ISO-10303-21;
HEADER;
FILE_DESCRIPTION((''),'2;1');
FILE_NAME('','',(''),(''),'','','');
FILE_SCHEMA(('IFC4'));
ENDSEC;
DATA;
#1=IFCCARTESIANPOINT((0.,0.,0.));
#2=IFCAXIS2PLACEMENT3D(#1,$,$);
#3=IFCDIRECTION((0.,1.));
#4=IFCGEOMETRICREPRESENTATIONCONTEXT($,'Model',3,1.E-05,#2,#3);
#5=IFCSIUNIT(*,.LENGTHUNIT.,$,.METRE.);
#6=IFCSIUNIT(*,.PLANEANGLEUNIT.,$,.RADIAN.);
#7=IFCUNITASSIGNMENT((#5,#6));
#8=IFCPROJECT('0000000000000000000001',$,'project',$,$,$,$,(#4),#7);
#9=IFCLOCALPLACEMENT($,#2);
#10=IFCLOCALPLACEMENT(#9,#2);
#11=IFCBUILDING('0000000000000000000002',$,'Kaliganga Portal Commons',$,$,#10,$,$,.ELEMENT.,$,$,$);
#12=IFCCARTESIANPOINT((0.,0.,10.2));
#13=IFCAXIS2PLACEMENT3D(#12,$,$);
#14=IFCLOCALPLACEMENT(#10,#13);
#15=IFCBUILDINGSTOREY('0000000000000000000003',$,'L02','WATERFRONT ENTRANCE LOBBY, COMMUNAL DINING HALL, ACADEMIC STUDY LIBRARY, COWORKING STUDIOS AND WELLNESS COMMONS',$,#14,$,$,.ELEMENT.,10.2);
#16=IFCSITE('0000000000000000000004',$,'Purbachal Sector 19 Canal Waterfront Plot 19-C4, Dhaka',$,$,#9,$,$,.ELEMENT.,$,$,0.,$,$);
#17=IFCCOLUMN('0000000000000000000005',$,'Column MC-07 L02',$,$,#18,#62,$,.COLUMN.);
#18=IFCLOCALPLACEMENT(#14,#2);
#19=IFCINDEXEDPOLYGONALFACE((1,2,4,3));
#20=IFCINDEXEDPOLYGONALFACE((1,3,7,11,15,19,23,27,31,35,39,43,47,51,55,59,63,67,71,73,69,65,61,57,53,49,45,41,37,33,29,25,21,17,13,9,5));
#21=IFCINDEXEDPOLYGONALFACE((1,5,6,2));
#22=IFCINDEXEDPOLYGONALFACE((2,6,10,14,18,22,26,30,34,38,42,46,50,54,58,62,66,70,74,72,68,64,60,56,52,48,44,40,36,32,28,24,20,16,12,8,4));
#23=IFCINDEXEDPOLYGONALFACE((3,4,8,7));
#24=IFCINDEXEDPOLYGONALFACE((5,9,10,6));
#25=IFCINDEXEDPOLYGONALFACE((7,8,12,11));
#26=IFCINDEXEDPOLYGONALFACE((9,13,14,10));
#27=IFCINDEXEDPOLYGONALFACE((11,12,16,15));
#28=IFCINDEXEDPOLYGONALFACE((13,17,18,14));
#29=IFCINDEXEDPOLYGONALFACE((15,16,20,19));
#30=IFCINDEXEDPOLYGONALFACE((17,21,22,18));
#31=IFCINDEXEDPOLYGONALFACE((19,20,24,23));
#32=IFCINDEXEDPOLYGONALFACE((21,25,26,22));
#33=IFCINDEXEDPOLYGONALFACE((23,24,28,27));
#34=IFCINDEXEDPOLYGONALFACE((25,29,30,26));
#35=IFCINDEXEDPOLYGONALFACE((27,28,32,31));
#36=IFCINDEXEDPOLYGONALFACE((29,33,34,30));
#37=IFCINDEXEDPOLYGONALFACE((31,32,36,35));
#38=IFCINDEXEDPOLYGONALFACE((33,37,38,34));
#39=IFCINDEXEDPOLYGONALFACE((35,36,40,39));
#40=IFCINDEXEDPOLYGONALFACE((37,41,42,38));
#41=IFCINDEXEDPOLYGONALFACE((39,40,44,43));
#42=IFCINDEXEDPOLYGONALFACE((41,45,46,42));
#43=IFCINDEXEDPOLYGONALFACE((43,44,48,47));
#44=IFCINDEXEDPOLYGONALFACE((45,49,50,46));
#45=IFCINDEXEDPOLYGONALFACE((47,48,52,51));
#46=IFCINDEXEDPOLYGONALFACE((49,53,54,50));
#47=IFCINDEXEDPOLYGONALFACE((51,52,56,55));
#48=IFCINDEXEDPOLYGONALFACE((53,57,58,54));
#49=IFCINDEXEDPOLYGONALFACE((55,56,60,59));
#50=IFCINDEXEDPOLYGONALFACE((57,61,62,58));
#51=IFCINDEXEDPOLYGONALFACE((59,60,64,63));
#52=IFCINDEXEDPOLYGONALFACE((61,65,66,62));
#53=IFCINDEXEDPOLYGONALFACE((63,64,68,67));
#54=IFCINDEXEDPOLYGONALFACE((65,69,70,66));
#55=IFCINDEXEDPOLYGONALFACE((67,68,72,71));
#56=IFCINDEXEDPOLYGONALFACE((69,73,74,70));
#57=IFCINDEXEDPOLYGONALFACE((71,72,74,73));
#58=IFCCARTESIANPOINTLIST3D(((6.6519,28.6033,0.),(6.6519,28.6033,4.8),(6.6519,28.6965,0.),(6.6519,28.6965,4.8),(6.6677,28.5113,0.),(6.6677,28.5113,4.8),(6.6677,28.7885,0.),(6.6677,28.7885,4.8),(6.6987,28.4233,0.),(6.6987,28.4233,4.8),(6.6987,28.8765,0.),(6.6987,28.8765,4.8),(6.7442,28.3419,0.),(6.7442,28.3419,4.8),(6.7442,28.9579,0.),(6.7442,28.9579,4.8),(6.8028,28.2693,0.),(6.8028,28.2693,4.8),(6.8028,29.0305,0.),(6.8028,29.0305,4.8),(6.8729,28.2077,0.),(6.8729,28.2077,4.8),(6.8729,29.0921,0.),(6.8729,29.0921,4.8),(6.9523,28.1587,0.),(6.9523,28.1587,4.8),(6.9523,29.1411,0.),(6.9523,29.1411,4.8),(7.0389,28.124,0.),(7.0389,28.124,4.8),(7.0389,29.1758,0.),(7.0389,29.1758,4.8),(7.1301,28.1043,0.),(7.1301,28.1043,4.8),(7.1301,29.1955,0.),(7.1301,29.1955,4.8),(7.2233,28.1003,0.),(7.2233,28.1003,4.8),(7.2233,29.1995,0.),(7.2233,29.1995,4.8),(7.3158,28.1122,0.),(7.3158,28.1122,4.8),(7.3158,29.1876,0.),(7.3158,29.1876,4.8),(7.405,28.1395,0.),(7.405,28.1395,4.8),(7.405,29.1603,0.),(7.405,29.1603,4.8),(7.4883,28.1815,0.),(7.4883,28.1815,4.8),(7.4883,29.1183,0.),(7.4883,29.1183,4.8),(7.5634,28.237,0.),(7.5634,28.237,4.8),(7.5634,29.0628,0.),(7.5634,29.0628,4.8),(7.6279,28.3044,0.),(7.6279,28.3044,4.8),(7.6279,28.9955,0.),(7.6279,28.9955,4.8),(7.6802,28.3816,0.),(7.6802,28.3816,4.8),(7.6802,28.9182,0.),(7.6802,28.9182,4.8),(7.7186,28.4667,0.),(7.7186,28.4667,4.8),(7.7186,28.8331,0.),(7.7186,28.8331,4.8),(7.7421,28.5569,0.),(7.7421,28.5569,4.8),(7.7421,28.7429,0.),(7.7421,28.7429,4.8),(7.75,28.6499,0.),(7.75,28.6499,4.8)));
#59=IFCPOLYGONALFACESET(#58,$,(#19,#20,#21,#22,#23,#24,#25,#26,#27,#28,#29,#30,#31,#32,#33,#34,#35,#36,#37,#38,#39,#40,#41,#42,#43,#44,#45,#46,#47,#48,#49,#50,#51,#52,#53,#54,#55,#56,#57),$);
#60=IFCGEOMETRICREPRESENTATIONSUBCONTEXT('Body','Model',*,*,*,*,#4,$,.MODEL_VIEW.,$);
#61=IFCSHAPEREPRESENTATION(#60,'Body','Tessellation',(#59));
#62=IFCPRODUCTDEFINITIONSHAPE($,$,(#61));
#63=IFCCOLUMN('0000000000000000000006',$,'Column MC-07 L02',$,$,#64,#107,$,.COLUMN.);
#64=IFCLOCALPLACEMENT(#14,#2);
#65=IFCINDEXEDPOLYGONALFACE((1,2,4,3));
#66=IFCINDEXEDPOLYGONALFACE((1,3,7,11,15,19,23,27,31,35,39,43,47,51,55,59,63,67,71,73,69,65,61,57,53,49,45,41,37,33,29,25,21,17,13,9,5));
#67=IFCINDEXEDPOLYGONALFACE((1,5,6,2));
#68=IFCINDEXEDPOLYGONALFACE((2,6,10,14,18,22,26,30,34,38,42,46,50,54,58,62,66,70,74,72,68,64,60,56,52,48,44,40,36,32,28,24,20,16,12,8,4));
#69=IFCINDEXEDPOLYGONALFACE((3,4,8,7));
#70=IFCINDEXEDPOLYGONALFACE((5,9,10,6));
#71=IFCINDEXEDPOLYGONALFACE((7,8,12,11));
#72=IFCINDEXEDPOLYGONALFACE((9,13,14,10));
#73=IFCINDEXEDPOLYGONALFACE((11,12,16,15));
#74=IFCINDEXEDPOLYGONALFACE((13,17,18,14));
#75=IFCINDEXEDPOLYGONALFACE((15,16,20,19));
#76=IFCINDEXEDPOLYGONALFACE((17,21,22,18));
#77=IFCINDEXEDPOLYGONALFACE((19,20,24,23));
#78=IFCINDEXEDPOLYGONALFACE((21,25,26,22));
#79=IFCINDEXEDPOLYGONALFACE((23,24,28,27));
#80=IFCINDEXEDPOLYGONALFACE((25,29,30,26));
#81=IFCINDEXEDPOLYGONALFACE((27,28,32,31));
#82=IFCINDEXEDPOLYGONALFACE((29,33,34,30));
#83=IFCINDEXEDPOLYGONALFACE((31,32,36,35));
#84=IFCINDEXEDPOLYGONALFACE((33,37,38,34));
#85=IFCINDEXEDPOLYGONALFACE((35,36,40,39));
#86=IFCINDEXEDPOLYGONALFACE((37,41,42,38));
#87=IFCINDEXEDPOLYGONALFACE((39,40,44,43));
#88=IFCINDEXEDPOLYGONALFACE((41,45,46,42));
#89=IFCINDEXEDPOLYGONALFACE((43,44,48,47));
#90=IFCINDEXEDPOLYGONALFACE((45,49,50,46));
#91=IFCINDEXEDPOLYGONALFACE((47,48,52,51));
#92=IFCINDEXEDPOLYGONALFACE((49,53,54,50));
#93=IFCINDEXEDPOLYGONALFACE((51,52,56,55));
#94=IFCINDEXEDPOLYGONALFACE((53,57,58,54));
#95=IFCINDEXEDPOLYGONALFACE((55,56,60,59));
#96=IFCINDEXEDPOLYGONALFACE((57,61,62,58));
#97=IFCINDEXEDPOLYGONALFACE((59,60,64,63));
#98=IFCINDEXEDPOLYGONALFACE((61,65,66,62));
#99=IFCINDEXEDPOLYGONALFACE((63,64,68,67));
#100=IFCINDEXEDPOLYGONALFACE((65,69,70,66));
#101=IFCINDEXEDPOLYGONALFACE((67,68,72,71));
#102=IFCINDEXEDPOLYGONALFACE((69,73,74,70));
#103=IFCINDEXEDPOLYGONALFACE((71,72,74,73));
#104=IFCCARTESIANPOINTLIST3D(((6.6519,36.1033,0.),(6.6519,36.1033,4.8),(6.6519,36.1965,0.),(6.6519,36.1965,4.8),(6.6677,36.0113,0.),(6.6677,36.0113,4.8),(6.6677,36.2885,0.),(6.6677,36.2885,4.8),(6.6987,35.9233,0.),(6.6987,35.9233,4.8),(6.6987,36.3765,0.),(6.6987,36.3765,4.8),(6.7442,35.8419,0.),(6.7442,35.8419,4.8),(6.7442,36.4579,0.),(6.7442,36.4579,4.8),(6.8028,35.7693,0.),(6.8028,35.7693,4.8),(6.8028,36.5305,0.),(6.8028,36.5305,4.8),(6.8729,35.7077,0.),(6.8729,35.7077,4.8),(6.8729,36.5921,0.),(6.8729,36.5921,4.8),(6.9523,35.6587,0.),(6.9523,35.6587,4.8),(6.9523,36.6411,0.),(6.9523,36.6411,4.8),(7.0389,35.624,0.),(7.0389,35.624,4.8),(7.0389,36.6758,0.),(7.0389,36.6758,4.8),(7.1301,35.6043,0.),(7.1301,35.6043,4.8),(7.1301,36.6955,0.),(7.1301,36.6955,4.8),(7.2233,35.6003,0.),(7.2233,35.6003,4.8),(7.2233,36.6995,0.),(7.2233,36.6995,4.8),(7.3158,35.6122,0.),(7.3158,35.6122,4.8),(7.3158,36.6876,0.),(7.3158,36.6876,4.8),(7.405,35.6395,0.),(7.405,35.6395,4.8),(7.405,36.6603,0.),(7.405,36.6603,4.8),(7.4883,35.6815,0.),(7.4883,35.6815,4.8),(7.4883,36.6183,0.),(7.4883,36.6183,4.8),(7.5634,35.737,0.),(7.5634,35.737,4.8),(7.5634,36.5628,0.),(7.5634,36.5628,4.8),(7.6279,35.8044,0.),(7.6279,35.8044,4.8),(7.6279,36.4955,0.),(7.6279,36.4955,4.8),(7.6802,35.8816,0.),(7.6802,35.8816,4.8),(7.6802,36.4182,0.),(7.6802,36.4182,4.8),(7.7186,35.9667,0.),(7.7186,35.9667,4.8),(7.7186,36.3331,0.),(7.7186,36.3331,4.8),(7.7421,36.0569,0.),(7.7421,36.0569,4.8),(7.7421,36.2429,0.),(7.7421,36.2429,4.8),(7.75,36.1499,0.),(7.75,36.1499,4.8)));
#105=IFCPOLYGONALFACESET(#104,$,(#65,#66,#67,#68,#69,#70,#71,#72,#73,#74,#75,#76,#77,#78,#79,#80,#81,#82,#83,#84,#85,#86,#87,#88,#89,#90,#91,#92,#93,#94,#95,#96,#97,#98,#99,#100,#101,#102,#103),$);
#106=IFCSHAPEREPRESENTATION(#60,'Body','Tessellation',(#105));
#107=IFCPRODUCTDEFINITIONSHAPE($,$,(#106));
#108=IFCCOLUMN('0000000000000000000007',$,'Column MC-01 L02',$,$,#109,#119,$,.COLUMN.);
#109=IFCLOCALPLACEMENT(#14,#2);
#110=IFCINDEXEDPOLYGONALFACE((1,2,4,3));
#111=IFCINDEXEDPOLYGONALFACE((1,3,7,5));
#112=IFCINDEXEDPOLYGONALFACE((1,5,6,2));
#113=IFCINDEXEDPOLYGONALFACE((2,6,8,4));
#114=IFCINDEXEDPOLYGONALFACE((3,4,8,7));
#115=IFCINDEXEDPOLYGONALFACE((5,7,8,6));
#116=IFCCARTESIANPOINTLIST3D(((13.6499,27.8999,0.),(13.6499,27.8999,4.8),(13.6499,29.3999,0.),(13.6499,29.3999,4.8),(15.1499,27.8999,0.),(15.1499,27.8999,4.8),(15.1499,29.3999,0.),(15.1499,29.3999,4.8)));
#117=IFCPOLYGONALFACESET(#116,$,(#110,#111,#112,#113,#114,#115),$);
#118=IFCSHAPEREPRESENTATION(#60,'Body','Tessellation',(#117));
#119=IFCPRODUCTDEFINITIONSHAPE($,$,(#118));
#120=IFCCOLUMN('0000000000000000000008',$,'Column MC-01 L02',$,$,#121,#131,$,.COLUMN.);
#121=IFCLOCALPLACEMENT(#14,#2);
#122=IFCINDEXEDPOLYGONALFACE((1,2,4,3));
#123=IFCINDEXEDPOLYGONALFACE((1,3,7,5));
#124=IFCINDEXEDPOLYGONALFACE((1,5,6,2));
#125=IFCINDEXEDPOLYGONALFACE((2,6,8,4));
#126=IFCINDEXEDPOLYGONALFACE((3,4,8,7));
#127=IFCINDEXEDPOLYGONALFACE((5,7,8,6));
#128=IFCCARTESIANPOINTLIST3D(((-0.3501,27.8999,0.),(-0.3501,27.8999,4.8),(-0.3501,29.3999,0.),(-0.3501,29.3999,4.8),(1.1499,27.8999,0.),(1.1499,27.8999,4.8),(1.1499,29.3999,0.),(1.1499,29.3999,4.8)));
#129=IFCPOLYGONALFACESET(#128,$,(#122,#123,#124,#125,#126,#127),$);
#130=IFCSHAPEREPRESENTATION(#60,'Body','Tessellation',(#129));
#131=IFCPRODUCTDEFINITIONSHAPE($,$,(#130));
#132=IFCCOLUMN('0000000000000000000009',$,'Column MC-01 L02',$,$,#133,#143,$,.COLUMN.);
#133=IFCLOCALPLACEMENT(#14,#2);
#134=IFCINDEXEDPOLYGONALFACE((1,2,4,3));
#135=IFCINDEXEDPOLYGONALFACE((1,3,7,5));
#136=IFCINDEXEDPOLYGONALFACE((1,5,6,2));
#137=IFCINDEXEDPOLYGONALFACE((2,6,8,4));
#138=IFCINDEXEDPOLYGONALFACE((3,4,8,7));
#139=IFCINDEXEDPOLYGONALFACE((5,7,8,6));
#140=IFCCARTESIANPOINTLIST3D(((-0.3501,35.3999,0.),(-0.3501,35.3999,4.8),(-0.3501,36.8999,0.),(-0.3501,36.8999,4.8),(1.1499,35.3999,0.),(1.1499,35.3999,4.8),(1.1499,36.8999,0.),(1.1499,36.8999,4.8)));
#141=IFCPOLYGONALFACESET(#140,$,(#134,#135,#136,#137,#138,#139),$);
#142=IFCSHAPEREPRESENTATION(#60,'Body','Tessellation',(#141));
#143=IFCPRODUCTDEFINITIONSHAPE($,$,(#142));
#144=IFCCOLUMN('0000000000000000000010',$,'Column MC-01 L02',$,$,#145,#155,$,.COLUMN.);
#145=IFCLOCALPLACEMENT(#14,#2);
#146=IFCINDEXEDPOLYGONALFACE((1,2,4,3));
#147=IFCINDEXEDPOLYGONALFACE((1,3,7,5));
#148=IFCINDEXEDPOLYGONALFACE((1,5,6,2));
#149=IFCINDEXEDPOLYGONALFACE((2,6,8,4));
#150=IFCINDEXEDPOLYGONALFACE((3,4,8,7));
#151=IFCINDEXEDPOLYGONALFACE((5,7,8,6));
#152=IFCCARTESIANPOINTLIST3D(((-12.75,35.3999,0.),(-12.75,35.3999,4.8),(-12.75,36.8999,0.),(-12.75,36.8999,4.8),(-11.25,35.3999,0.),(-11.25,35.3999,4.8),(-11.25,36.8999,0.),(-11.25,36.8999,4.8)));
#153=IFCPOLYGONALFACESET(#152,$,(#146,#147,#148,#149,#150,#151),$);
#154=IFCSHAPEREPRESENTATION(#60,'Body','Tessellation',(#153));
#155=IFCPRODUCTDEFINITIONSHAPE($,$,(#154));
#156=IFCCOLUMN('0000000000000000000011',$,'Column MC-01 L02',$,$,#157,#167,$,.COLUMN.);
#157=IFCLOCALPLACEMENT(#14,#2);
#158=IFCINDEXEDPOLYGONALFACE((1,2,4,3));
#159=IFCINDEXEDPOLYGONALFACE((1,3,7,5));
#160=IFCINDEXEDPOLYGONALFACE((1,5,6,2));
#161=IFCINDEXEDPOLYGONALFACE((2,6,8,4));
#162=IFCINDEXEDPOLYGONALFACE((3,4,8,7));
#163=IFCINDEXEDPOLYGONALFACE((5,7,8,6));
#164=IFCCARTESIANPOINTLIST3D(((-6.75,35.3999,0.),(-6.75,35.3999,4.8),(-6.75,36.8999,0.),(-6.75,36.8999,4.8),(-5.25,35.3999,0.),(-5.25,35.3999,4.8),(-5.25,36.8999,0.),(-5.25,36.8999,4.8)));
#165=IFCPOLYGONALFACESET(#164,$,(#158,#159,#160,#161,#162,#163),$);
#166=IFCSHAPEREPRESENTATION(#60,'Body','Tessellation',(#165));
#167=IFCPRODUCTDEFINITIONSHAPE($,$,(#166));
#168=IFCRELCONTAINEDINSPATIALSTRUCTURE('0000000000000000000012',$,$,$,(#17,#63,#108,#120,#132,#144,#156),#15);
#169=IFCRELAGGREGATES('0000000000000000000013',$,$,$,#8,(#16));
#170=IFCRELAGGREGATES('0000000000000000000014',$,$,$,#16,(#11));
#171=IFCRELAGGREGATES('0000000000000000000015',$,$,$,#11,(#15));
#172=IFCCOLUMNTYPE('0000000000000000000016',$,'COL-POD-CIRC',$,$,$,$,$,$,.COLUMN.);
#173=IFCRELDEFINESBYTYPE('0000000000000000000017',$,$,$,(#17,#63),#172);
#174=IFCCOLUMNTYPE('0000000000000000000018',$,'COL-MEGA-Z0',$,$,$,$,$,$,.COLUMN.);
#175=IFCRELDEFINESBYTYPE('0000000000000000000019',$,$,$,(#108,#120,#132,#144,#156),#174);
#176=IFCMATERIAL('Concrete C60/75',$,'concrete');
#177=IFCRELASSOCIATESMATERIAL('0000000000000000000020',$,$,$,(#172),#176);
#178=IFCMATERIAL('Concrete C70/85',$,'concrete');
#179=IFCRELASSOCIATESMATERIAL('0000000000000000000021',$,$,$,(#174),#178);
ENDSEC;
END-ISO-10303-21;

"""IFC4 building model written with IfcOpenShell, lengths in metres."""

from ifc_helpers import new_model, si_unit, direction, frame, origin, origin_2d, place, context, subcontext, project, spatial, rectangle, circle, extrude, source, transform, mapped, material, material_profile, profile_set, type_object, element, save


model = new_model("IFC4")

# Units and contexts
model_context = context("Model", 3, precision=1e-05, world=origin(), true_north=direction((0.0, 1.0)))
body_context = subcontext(model_context, "Body", "Model", "MODEL_VIEW")
ifc_project = project(units=[si_unit("LENGTHUNIT", "METRE"), si_unit("PLANEANGLEUNIT", "RADIAN")], contexts=[model_context])

# Site, building, storey
site_placement = place(None, origin())
site = spatial("IfcSite", under=ifc_project, at=site_placement, Name="Purbachal Sector 19 Canal Waterfront Plot 19-C4, Dhaka", CompositionType="ELEMENT", RefElevation=0.0)
building_placement = place(site_placement, origin())
building = spatial("IfcBuilding", under=site, at=building_placement, Name="Kaliganga Portal Commons", CompositionType="ELEMENT")
storey_placement = place(building_placement, frame((0.0, 0.0, 10.2)))
storey = spatial("IfcBuildingStorey", under=building, at=storey_placement, Name="L02", Description="WATERFRONT ENTRANCE LOBBY, COMMUNAL DINING HALL, ACADEMIC STUDY LIBRARY, COWORKING STUDIOS AND WELLNESS COMMONS", CompositionType="ELEMENT", Elevation=10.2)

# Columns
ifc_material_1 = material(Name="Concrete C60/75", Category="concrete")
ifc_material_profile_1 = material_profile(ifc_material_1, circle(Radius=0.55, at=origin_2d()), Name="RC COL D1100")
ifc_profile_set_1 = profile_set([ifc_material_profile_1], Name="Concrete C60/75")
column_type_1 = type_object("IfcColumnType", Name="COL-POD-CIRC", PredefinedType="COLUMN", material=ifc_profile_set_1)
shared_shape_1 = source(origin(), body_context, "Body", "SweptSolid", [
    extrude(circle(Radius=0.55, at=origin_2d()), origin(), (0.0, 0.0, 1.0), 4.8),
])
for number, where, z_axis, x_axis, name in (
    (1, (7.2, 28.6499, 0.0), (0.0, 0.0, 1.0), (1.0, 0.0, 0.0), "Column MC-07 L02"),
    (2, (7.2, 36.1499, 0.0), (0.0, 0.0, 1.0), (1.0, 0.0, 0.0), "Column MC-07 L02"),
):
    element("IfcColumn", number, at=place(storey_placement, frame(where, z_axis=z_axis, x_axis=x_axis)), inside=storey, type_object=column_type_1, Name=name, PredefinedType="COLUMN", context=body_context, shape_type="MappedRepresentation", body=[
        mapped(shared_shape_1, transform((0.0, 0.0, 0.0), x_axis=(1.0, 0.0, 0.0), y_axis=(0.0, 1.0, 0.0), z_axis=(0.0, 0.0, 1.0), scale=1.0)),
    ])
ifc_material_2 = material(Name="Concrete C70/85", Category="concrete")
ifc_material_profile_2 = material_profile(ifc_material_2, rectangle(XDim=1.5, YDim=1.5, at=origin_2d()), Name="RC 1500x1500")
ifc_profile_set_2 = profile_set([ifc_material_profile_2], Name="Concrete C70/85")
column_type_2 = type_object("IfcColumnType", Name="COL-MEGA-Z0", PredefinedType="COLUMN", material=ifc_profile_set_2)
shared_shape_2 = source(origin(), body_context, "Body", "SweptSolid", [
    extrude(rectangle(XDim=1.5, YDim=1.5, at=origin_2d()), origin(), (0.0, 0.0, 1.0), 4.8),
])
for number, where, z_axis, x_axis, name in (
    (3, (14.3999, 28.6499, 0.0), (0.0, 0.0, 1.0), (1.0, 0.0, 0.0), "Column MC-01 L02"),
    (4, (0.3999, 28.6499, 0.0), (0.0, 0.0, 1.0), (1.0, 0.0, 0.0), "Column MC-01 L02"),
    (5, (0.3999, 36.1499, 0.0), (0.0, 0.0, 1.0), (1.0, 0.0, 0.0), "Column MC-01 L02"),
    (6, (-12.0, 36.1499, 0.0), (0.0, 0.0, 1.0), (1.0, 0.0, 0.0), "Column MC-01 L02"),
    (7, (-6.0, 36.1499, 0.0), (0.0, 0.0, 1.0), (1.0, 0.0, 0.0), "Column MC-01 L02"),
):
    element("IfcColumn", number, at=place(storey_placement, frame(where, z_axis=z_axis, x_axis=x_axis)), inside=storey, type_object=column_type_2, Name=name, PredefinedType="COLUMN", context=body_context, shape_type="MappedRepresentation", body=[
        mapped(shared_shape_2, transform((0.0, 0.0, 0.0), x_axis=(1.0, 0.0, 0.0), y_axis=(0.0, 1.0, 0.0), z_axis=(0.0, 0.0, 1.0), scale=1.0)),
    ])

save(model, "model.ifc")
